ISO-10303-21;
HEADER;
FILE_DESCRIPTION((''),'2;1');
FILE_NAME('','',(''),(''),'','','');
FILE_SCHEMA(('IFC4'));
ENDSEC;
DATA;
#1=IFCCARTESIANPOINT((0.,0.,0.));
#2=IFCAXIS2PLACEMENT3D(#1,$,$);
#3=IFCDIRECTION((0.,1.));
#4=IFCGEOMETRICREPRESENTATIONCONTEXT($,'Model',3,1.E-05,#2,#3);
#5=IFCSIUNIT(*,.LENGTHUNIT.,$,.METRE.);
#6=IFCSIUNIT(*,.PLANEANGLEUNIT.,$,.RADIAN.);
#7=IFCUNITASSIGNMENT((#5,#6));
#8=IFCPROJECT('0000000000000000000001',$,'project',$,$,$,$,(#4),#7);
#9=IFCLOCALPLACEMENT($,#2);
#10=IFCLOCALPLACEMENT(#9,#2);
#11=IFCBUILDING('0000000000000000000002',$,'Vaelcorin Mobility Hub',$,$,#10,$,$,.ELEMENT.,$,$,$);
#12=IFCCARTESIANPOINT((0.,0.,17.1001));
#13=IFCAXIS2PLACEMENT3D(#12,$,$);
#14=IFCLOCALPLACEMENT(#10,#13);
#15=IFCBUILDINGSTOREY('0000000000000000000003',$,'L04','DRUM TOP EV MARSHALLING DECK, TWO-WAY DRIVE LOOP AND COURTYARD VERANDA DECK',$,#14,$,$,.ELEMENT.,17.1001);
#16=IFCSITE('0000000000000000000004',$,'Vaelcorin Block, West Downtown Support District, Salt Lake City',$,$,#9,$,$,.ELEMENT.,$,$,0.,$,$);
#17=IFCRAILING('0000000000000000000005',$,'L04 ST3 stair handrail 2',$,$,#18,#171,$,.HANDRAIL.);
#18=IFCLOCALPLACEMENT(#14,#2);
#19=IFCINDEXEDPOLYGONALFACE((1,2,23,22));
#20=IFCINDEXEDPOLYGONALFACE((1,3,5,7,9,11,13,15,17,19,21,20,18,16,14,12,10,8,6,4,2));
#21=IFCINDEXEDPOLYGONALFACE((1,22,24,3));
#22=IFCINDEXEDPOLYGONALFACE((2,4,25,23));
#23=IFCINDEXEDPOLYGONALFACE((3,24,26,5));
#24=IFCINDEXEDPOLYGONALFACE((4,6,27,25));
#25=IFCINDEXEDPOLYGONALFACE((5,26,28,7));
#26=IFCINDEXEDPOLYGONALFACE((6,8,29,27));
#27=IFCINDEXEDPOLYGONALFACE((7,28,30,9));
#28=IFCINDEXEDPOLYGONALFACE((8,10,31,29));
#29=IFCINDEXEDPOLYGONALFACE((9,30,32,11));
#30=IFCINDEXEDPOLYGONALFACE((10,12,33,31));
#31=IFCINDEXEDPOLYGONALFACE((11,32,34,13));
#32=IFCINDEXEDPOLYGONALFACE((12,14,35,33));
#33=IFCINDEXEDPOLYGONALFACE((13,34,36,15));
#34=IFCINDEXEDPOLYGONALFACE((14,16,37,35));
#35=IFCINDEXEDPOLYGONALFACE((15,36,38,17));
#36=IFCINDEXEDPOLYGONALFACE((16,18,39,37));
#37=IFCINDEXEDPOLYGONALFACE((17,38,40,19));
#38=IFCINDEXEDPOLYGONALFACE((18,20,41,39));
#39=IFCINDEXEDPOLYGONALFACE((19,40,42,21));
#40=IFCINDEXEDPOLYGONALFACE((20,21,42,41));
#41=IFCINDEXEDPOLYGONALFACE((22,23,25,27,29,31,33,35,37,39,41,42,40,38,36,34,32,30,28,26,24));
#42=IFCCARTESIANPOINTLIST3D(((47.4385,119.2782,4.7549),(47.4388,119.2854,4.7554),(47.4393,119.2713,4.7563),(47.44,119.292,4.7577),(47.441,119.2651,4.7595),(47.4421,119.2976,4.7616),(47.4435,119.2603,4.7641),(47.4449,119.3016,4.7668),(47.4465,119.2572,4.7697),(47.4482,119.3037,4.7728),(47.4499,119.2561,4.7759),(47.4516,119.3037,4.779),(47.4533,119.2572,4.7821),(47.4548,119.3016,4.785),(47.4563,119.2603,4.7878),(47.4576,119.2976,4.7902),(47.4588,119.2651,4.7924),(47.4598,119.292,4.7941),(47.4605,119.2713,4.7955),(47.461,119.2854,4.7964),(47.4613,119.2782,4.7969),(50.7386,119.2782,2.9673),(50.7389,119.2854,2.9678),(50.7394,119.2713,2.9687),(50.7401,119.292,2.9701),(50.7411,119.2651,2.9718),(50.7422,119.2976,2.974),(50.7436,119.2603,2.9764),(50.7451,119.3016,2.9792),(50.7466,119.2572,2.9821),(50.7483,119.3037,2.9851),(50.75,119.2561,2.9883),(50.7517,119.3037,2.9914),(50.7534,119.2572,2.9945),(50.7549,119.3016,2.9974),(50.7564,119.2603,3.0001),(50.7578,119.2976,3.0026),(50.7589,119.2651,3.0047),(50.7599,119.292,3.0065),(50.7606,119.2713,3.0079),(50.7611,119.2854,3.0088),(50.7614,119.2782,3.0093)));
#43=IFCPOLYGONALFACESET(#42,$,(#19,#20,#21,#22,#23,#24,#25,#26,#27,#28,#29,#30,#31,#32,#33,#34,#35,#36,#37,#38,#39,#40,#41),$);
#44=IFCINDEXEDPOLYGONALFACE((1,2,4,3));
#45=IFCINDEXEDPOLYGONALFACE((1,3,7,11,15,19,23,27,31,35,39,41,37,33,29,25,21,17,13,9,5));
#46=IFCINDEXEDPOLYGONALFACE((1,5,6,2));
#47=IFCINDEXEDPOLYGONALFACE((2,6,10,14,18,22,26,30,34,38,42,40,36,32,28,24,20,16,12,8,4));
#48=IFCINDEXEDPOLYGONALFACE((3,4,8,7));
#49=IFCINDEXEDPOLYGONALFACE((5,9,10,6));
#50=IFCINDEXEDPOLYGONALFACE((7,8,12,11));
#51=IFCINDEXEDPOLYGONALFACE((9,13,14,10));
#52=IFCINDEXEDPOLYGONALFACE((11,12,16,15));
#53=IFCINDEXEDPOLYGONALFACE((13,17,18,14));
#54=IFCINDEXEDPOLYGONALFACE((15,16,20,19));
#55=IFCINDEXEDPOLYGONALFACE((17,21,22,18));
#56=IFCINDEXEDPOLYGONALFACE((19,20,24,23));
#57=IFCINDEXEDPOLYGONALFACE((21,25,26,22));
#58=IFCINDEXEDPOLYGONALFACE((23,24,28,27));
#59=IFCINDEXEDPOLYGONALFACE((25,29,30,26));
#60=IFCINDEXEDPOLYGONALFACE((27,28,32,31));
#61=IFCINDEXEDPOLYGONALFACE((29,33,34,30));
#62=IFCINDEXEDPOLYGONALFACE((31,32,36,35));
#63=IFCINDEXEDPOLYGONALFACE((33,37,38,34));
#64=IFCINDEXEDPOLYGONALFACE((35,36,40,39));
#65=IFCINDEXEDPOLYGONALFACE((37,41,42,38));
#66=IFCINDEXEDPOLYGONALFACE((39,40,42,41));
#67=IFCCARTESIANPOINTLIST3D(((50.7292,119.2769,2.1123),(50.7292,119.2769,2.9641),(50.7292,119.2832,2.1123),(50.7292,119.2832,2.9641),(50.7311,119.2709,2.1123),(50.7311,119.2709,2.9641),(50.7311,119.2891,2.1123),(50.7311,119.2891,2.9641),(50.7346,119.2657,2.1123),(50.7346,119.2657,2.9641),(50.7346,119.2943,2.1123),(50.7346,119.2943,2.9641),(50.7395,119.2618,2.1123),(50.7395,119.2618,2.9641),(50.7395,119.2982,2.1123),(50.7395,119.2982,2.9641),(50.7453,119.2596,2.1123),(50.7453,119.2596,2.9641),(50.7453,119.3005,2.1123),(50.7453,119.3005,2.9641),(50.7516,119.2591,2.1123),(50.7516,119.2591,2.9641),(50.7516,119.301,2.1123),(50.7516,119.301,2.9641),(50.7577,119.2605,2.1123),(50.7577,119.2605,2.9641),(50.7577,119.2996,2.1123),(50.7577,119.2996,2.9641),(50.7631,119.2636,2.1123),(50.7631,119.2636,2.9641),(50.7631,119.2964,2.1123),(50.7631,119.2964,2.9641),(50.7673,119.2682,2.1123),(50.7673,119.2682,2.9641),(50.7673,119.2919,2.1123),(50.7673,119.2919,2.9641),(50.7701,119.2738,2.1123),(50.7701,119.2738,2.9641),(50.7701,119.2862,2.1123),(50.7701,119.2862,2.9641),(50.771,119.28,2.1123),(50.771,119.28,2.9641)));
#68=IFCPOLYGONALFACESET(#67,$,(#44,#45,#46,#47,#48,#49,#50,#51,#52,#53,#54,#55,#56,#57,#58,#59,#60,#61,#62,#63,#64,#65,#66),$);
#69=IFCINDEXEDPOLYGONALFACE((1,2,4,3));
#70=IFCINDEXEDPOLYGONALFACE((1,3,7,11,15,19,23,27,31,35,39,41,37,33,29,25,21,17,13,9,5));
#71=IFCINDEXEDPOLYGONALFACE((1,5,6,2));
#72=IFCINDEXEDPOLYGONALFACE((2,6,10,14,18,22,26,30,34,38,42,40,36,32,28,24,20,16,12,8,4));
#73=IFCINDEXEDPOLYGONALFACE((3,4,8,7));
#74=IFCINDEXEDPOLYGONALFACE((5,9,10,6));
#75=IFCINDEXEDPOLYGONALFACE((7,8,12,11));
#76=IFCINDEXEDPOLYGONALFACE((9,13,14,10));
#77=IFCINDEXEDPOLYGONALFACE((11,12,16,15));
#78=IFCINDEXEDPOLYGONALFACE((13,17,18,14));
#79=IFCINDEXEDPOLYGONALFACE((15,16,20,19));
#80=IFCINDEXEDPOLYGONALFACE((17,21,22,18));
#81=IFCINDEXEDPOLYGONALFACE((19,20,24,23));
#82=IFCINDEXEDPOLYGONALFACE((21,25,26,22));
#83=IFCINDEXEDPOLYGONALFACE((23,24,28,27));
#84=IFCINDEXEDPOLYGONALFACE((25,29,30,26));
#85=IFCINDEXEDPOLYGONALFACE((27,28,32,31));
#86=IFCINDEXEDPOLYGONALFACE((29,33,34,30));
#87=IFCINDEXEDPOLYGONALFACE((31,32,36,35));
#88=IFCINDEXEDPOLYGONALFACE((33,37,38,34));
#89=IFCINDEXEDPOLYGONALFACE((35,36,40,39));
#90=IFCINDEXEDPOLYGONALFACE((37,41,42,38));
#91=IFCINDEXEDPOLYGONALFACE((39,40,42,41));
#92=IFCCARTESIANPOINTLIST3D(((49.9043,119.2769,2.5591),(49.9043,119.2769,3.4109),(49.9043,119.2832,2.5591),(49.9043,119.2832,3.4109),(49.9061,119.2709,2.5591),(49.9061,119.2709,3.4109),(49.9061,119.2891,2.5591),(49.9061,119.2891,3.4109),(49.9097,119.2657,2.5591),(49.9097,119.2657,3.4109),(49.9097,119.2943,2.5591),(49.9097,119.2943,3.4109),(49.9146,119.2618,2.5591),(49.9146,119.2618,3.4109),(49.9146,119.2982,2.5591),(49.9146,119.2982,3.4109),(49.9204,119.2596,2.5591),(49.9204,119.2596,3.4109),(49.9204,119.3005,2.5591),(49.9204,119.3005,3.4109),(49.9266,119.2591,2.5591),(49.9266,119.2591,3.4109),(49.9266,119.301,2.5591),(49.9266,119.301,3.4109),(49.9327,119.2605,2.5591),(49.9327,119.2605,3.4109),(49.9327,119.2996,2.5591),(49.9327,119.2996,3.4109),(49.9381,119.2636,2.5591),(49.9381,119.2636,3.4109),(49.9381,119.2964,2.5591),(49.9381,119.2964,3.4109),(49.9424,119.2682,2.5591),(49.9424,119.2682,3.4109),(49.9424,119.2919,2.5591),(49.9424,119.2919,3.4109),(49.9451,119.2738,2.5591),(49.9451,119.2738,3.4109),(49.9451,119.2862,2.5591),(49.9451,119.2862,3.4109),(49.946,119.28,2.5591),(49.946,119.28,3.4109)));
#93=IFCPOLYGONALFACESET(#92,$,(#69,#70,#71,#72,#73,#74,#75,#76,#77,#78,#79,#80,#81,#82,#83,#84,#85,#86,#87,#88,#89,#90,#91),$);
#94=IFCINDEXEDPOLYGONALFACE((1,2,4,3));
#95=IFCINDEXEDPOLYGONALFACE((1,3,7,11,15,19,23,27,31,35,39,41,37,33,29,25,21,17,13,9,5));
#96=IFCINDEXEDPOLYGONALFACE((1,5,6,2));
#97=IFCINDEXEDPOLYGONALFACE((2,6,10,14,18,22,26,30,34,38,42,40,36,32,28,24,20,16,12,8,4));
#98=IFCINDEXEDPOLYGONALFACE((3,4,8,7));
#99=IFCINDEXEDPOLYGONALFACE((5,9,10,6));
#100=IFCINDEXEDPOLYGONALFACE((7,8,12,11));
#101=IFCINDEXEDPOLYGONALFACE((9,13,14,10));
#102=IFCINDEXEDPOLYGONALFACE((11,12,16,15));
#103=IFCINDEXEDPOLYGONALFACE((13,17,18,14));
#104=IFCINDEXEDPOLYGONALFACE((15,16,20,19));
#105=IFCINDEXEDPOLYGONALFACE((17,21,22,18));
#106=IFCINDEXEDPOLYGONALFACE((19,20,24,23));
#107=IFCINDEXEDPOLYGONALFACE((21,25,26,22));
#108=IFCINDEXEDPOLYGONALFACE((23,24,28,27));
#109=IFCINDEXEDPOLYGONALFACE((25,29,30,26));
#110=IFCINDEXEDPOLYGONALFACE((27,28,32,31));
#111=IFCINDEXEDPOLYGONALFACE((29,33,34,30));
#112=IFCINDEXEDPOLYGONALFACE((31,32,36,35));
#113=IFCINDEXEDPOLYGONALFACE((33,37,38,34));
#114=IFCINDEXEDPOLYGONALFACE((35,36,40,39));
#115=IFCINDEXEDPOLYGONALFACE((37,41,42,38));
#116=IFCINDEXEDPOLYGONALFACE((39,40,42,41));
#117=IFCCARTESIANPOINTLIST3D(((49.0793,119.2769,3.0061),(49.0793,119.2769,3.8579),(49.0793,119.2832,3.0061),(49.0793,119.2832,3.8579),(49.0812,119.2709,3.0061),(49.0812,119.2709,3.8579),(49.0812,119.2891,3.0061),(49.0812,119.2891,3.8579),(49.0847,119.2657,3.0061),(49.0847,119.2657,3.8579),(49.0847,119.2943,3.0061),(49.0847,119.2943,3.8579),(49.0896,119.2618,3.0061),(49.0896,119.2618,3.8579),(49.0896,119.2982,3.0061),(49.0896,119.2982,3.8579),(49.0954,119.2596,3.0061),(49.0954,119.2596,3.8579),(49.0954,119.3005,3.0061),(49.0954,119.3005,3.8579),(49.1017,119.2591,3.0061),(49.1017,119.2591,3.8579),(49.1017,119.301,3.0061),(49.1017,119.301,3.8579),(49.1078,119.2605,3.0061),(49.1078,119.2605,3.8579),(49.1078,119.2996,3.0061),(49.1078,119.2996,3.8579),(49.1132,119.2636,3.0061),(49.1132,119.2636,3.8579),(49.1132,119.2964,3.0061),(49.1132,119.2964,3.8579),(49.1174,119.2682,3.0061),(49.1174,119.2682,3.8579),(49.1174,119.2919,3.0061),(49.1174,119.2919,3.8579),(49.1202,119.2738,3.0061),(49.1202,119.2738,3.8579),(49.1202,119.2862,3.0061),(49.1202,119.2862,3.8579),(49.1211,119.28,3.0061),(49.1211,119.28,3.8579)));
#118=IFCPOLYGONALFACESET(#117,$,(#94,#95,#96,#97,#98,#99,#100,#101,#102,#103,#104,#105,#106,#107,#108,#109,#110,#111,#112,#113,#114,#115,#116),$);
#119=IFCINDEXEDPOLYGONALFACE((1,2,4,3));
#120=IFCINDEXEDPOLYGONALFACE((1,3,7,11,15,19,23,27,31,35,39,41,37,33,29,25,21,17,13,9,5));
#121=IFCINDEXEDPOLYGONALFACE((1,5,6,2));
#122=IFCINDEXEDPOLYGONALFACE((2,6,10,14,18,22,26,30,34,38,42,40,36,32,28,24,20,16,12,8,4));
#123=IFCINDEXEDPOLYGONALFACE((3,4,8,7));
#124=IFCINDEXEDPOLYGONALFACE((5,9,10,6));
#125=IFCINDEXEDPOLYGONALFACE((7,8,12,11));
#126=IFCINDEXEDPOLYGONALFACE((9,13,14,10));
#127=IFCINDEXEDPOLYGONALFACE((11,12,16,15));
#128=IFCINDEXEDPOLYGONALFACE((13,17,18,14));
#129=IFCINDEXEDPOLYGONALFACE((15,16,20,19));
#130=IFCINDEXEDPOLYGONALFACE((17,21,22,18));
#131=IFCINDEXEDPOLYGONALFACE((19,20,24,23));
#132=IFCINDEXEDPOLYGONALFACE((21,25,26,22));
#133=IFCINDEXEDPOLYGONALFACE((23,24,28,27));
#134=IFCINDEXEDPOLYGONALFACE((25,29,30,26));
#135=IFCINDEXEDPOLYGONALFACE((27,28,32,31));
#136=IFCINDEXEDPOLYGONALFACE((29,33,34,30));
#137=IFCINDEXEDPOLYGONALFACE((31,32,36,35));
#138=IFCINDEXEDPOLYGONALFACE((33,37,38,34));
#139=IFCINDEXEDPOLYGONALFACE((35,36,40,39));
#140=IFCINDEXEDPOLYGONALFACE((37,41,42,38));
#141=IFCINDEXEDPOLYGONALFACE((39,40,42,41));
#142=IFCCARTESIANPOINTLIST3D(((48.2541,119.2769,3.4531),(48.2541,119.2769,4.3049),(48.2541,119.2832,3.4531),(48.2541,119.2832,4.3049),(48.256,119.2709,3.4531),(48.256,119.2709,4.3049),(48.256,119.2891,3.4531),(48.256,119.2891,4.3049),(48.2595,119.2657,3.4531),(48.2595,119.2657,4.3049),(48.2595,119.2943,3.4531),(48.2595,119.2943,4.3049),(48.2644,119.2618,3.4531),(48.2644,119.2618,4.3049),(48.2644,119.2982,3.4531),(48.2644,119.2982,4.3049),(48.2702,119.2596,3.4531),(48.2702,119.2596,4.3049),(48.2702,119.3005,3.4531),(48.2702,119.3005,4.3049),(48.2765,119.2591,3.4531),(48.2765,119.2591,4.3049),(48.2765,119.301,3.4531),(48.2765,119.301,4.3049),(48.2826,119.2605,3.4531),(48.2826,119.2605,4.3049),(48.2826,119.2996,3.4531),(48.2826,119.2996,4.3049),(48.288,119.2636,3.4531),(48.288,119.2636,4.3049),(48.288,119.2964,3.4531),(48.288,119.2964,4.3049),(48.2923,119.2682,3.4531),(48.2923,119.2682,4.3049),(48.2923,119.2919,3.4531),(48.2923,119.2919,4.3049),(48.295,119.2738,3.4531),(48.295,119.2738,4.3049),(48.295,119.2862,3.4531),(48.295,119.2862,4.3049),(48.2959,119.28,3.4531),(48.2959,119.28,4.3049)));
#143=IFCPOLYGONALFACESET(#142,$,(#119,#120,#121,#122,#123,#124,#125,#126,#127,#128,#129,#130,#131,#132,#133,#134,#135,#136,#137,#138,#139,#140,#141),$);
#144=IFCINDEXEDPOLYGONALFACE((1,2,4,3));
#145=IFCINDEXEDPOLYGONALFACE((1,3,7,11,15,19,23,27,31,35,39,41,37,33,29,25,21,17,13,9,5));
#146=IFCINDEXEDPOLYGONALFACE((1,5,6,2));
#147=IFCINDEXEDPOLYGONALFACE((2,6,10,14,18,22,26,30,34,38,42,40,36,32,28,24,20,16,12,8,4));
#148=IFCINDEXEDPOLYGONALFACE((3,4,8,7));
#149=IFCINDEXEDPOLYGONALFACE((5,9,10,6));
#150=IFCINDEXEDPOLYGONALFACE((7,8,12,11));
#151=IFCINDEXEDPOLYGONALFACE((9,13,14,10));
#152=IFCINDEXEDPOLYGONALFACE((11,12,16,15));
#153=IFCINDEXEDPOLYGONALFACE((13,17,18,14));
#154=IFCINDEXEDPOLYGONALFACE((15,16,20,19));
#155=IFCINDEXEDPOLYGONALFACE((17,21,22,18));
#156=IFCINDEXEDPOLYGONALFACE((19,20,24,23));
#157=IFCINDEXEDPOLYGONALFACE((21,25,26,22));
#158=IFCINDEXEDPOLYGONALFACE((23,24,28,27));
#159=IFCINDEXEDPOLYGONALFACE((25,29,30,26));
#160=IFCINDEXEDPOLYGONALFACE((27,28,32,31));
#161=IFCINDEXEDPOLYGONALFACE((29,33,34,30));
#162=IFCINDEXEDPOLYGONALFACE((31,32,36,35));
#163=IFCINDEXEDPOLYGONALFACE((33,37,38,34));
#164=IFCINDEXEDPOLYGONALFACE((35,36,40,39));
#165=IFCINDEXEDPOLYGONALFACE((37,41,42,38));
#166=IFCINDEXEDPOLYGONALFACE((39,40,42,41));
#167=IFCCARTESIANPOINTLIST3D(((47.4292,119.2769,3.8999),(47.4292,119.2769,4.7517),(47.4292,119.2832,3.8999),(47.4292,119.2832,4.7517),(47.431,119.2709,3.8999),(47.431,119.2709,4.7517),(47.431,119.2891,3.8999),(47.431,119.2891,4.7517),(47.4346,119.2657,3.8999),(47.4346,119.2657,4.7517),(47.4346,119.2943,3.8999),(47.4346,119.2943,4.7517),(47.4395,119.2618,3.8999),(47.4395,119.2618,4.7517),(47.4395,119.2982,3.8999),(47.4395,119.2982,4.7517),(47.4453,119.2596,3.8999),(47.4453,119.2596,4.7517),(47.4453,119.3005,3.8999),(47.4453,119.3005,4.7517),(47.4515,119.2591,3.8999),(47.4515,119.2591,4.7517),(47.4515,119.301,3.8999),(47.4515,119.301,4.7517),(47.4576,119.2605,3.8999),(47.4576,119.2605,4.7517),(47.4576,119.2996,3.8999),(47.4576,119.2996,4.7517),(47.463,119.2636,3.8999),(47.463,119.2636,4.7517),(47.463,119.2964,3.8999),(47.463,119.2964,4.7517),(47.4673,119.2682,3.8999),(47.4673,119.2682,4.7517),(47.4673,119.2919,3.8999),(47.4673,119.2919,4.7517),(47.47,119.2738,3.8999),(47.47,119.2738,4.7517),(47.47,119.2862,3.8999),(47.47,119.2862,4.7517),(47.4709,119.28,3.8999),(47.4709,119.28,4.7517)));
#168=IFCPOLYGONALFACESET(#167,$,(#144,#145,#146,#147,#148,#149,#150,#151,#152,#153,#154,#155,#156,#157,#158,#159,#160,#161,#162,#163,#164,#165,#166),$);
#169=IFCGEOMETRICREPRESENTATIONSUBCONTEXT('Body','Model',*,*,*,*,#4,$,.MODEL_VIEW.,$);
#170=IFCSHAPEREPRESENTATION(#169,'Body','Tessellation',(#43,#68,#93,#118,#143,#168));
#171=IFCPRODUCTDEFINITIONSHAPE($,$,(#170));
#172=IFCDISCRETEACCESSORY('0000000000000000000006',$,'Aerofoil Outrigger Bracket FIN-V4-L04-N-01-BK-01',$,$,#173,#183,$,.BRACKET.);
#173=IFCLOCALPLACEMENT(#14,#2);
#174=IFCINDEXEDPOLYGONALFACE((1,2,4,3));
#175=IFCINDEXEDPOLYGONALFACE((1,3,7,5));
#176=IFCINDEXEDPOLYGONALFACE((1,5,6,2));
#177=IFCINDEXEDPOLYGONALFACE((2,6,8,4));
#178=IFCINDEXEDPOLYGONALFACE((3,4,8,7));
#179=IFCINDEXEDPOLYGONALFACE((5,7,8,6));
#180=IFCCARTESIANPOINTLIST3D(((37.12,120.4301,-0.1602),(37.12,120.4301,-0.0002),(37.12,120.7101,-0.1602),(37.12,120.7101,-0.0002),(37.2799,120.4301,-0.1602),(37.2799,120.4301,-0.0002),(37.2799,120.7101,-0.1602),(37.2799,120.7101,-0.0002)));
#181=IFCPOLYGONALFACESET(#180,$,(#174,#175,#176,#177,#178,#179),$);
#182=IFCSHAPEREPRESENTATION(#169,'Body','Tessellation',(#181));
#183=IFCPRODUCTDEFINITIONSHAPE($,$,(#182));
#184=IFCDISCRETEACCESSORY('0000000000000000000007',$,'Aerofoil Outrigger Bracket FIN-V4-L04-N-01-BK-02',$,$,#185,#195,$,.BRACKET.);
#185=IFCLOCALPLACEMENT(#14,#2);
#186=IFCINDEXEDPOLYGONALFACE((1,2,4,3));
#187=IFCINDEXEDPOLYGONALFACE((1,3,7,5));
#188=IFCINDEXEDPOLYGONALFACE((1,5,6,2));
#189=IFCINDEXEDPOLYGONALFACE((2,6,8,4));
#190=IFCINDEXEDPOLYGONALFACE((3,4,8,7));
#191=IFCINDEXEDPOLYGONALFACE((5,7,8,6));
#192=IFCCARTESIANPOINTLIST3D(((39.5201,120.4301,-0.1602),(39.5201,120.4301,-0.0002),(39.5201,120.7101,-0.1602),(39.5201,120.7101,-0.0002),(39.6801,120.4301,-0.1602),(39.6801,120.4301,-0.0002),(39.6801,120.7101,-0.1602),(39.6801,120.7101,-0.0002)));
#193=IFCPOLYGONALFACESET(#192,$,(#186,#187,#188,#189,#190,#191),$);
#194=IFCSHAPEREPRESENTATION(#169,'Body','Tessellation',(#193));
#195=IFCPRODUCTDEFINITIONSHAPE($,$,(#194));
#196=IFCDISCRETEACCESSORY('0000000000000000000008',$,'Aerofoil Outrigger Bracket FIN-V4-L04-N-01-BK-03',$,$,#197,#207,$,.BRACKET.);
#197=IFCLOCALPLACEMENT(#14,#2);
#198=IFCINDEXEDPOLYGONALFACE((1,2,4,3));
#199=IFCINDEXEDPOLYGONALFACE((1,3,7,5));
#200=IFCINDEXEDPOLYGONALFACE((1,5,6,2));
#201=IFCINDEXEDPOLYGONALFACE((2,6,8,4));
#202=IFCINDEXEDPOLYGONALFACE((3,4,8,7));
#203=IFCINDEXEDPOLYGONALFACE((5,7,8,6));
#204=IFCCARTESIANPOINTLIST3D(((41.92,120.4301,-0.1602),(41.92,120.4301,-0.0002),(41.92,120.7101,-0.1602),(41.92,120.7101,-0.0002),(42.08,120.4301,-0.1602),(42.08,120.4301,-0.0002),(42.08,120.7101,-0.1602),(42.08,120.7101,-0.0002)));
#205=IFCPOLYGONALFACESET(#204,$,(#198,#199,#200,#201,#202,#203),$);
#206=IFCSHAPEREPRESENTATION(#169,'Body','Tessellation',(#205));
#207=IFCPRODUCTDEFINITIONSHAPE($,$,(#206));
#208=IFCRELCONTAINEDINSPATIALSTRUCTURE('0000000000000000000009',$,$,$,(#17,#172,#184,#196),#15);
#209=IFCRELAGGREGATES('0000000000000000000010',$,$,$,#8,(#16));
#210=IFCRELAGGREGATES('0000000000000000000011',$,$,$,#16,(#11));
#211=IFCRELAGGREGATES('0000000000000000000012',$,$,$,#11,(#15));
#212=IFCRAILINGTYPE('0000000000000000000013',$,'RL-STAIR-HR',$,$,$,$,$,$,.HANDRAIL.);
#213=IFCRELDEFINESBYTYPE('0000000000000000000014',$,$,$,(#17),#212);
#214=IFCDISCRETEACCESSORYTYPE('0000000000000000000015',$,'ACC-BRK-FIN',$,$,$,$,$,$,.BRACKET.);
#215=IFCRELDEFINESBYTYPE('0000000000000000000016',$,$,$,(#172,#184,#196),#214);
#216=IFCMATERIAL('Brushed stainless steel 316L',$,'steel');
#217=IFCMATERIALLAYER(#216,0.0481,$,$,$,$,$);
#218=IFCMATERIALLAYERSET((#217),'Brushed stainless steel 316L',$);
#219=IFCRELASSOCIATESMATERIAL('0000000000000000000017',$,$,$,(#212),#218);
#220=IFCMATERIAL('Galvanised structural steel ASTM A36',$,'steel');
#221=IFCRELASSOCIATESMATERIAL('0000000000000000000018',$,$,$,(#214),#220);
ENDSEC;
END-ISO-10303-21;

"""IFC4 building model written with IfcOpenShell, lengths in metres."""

from ifc_helpers import new_model, si_unit, direction, frame, origin, origin_2d, place, context, subcontext, project, spatial, rectangle, circle, extrude, material, layer, layer_set, type_object, element, save


model = new_model("IFC4")

# Units and contexts
model_context = context("Model", 3, precision=1e-05, world=origin(), true_north=direction((0.0, 1.0)))
body_context = subcontext(model_context, "Body", "Model", "MODEL_VIEW")
ifc_project = project(units=[si_unit("LENGTHUNIT", "METRE"), si_unit("PLANEANGLEUNIT", "RADIAN")], contexts=[model_context])

# Site, building, storey
site_placement = place(None, origin())
site = spatial("IfcSite", under=ifc_project, at=site_placement, Name="Vaelcorin Block, West Downtown Support District, Salt Lake City", CompositionType="ELEMENT", RefElevation=0.0)
building_placement = place(site_placement, origin())
building = spatial("IfcBuilding", under=site, at=building_placement, Name="Vaelcorin Mobility Hub", CompositionType="ELEMENT")
storey_placement = place(building_placement, frame((0.0, 0.0, 17.1001)))
storey = spatial("IfcBuildingStorey", under=building, at=storey_placement, Name="L04", Description="DRUM TOP EV MARSHALLING DECK, TWO-WAY DRIVE LOOP AND COURTYARD VERANDA DECK", CompositionType="ELEMENT", Elevation=17.1001)

# Railing
ifc_material_1 = material(Name="Galvanised structural steel ASTM A36", Category="steel")
ifc_material_2 = material(Name="Brushed stainless steel 316L", Category="steel")
ifc_layer_1 = layer(ifc_material_2, 0.0481)
ifc_layer_set_1 = layer_set([ifc_layer_1], Name="Brushed stainless steel 316L")
railing_type_1 = type_object("IfcRailingType", Name="RL-STAIR-HR", PredefinedType="HANDRAIL", material=ifc_layer_set_1)
railing_1_placement = place(storey_placement, frame((50.75, 119.28, 2.1123)))
element("IfcRailing", 1, at=railing_1_placement, inside=storey, type_object=railing_type_1, Name="L04 ST3 stair handrail 2", PredefinedType="HANDRAIL", context=body_context, shape_type="SweptSolid", body=[
    extrude(circle(Radius=0.0239, at=origin_2d()), frame((0.0, 0.0, 0.876), z_axis=(-0.879284, 0.0, 0.476298), x_axis=(0.0, -1.0, 0.0)), (0.0, 0.0, 1.0), 3.7532),
    extrude(circle(Radius=0.021, at=origin_2d()), origin(), (0.0, 0.0, 1.0), 0.8518),
    extrude(circle(Radius=0.021, at=origin_2d()), frame((-0.825, 0.0, 0.4468)), (0.0, 0.0, 1.0), 0.8518),
    extrude(circle(Radius=0.021, at=origin_2d()), frame((-1.6499, 0.0, 0.8938)), (0.0, 0.0, 1.0), 0.8518),
    extrude(circle(Radius=0.021, at=origin_2d()), frame((-2.4751, 0.0, 1.3408)), (0.0, 0.0, 1.0), 0.8518),
    extrude(circle(Radius=0.021, at=origin_2d()), frame((-3.3, 0.0, 1.7876)), (0.0, 0.0, 1.0), 0.8518),
])

# Discrete accessories
discrete_accessory_type = type_object("IfcDiscreteAccessoryType", Name="ACC-BRK-FIN", PredefinedType="BRACKET", material=ifc_material_1)
for number, where, z_axis, x_axis, name in (
    (2, (37.2, 120.5701, -0.1602), (0.0, 0.0, 1.0), (0.0, 1.0, 0.0), "Aerofoil Outrigger Bracket FIN-V4-L04-N-01-BK-01"),
    (3, (39.6001, 120.5701, -0.1602), (0.0, 0.0, 1.0), (0.0, 1.0, 0.0), "Aerofoil Outrigger Bracket FIN-V4-L04-N-01-BK-02"),
    (4, (42.0, 120.5701, -0.1602), (0.0, 0.0, 1.0), (0.0, 1.0, 0.0), "Aerofoil Outrigger Bracket FIN-V4-L04-N-01-BK-03"),
):
    element("IfcDiscreteAccessory", number, at=place(storey_placement, frame(where, z_axis=z_axis, x_axis=x_axis)), inside=storey, type_object=discrete_accessory_type, Name=name, PredefinedType="BRACKET", context=body_context, shape_type="SweptSolid", body=[
        extrude(rectangle(XDim=0.28, YDim=0.1599, at=origin_2d()), origin(), (0.0, 0.0, 1.0), 0.1599),
    ])

save(model, "model.ifc")
